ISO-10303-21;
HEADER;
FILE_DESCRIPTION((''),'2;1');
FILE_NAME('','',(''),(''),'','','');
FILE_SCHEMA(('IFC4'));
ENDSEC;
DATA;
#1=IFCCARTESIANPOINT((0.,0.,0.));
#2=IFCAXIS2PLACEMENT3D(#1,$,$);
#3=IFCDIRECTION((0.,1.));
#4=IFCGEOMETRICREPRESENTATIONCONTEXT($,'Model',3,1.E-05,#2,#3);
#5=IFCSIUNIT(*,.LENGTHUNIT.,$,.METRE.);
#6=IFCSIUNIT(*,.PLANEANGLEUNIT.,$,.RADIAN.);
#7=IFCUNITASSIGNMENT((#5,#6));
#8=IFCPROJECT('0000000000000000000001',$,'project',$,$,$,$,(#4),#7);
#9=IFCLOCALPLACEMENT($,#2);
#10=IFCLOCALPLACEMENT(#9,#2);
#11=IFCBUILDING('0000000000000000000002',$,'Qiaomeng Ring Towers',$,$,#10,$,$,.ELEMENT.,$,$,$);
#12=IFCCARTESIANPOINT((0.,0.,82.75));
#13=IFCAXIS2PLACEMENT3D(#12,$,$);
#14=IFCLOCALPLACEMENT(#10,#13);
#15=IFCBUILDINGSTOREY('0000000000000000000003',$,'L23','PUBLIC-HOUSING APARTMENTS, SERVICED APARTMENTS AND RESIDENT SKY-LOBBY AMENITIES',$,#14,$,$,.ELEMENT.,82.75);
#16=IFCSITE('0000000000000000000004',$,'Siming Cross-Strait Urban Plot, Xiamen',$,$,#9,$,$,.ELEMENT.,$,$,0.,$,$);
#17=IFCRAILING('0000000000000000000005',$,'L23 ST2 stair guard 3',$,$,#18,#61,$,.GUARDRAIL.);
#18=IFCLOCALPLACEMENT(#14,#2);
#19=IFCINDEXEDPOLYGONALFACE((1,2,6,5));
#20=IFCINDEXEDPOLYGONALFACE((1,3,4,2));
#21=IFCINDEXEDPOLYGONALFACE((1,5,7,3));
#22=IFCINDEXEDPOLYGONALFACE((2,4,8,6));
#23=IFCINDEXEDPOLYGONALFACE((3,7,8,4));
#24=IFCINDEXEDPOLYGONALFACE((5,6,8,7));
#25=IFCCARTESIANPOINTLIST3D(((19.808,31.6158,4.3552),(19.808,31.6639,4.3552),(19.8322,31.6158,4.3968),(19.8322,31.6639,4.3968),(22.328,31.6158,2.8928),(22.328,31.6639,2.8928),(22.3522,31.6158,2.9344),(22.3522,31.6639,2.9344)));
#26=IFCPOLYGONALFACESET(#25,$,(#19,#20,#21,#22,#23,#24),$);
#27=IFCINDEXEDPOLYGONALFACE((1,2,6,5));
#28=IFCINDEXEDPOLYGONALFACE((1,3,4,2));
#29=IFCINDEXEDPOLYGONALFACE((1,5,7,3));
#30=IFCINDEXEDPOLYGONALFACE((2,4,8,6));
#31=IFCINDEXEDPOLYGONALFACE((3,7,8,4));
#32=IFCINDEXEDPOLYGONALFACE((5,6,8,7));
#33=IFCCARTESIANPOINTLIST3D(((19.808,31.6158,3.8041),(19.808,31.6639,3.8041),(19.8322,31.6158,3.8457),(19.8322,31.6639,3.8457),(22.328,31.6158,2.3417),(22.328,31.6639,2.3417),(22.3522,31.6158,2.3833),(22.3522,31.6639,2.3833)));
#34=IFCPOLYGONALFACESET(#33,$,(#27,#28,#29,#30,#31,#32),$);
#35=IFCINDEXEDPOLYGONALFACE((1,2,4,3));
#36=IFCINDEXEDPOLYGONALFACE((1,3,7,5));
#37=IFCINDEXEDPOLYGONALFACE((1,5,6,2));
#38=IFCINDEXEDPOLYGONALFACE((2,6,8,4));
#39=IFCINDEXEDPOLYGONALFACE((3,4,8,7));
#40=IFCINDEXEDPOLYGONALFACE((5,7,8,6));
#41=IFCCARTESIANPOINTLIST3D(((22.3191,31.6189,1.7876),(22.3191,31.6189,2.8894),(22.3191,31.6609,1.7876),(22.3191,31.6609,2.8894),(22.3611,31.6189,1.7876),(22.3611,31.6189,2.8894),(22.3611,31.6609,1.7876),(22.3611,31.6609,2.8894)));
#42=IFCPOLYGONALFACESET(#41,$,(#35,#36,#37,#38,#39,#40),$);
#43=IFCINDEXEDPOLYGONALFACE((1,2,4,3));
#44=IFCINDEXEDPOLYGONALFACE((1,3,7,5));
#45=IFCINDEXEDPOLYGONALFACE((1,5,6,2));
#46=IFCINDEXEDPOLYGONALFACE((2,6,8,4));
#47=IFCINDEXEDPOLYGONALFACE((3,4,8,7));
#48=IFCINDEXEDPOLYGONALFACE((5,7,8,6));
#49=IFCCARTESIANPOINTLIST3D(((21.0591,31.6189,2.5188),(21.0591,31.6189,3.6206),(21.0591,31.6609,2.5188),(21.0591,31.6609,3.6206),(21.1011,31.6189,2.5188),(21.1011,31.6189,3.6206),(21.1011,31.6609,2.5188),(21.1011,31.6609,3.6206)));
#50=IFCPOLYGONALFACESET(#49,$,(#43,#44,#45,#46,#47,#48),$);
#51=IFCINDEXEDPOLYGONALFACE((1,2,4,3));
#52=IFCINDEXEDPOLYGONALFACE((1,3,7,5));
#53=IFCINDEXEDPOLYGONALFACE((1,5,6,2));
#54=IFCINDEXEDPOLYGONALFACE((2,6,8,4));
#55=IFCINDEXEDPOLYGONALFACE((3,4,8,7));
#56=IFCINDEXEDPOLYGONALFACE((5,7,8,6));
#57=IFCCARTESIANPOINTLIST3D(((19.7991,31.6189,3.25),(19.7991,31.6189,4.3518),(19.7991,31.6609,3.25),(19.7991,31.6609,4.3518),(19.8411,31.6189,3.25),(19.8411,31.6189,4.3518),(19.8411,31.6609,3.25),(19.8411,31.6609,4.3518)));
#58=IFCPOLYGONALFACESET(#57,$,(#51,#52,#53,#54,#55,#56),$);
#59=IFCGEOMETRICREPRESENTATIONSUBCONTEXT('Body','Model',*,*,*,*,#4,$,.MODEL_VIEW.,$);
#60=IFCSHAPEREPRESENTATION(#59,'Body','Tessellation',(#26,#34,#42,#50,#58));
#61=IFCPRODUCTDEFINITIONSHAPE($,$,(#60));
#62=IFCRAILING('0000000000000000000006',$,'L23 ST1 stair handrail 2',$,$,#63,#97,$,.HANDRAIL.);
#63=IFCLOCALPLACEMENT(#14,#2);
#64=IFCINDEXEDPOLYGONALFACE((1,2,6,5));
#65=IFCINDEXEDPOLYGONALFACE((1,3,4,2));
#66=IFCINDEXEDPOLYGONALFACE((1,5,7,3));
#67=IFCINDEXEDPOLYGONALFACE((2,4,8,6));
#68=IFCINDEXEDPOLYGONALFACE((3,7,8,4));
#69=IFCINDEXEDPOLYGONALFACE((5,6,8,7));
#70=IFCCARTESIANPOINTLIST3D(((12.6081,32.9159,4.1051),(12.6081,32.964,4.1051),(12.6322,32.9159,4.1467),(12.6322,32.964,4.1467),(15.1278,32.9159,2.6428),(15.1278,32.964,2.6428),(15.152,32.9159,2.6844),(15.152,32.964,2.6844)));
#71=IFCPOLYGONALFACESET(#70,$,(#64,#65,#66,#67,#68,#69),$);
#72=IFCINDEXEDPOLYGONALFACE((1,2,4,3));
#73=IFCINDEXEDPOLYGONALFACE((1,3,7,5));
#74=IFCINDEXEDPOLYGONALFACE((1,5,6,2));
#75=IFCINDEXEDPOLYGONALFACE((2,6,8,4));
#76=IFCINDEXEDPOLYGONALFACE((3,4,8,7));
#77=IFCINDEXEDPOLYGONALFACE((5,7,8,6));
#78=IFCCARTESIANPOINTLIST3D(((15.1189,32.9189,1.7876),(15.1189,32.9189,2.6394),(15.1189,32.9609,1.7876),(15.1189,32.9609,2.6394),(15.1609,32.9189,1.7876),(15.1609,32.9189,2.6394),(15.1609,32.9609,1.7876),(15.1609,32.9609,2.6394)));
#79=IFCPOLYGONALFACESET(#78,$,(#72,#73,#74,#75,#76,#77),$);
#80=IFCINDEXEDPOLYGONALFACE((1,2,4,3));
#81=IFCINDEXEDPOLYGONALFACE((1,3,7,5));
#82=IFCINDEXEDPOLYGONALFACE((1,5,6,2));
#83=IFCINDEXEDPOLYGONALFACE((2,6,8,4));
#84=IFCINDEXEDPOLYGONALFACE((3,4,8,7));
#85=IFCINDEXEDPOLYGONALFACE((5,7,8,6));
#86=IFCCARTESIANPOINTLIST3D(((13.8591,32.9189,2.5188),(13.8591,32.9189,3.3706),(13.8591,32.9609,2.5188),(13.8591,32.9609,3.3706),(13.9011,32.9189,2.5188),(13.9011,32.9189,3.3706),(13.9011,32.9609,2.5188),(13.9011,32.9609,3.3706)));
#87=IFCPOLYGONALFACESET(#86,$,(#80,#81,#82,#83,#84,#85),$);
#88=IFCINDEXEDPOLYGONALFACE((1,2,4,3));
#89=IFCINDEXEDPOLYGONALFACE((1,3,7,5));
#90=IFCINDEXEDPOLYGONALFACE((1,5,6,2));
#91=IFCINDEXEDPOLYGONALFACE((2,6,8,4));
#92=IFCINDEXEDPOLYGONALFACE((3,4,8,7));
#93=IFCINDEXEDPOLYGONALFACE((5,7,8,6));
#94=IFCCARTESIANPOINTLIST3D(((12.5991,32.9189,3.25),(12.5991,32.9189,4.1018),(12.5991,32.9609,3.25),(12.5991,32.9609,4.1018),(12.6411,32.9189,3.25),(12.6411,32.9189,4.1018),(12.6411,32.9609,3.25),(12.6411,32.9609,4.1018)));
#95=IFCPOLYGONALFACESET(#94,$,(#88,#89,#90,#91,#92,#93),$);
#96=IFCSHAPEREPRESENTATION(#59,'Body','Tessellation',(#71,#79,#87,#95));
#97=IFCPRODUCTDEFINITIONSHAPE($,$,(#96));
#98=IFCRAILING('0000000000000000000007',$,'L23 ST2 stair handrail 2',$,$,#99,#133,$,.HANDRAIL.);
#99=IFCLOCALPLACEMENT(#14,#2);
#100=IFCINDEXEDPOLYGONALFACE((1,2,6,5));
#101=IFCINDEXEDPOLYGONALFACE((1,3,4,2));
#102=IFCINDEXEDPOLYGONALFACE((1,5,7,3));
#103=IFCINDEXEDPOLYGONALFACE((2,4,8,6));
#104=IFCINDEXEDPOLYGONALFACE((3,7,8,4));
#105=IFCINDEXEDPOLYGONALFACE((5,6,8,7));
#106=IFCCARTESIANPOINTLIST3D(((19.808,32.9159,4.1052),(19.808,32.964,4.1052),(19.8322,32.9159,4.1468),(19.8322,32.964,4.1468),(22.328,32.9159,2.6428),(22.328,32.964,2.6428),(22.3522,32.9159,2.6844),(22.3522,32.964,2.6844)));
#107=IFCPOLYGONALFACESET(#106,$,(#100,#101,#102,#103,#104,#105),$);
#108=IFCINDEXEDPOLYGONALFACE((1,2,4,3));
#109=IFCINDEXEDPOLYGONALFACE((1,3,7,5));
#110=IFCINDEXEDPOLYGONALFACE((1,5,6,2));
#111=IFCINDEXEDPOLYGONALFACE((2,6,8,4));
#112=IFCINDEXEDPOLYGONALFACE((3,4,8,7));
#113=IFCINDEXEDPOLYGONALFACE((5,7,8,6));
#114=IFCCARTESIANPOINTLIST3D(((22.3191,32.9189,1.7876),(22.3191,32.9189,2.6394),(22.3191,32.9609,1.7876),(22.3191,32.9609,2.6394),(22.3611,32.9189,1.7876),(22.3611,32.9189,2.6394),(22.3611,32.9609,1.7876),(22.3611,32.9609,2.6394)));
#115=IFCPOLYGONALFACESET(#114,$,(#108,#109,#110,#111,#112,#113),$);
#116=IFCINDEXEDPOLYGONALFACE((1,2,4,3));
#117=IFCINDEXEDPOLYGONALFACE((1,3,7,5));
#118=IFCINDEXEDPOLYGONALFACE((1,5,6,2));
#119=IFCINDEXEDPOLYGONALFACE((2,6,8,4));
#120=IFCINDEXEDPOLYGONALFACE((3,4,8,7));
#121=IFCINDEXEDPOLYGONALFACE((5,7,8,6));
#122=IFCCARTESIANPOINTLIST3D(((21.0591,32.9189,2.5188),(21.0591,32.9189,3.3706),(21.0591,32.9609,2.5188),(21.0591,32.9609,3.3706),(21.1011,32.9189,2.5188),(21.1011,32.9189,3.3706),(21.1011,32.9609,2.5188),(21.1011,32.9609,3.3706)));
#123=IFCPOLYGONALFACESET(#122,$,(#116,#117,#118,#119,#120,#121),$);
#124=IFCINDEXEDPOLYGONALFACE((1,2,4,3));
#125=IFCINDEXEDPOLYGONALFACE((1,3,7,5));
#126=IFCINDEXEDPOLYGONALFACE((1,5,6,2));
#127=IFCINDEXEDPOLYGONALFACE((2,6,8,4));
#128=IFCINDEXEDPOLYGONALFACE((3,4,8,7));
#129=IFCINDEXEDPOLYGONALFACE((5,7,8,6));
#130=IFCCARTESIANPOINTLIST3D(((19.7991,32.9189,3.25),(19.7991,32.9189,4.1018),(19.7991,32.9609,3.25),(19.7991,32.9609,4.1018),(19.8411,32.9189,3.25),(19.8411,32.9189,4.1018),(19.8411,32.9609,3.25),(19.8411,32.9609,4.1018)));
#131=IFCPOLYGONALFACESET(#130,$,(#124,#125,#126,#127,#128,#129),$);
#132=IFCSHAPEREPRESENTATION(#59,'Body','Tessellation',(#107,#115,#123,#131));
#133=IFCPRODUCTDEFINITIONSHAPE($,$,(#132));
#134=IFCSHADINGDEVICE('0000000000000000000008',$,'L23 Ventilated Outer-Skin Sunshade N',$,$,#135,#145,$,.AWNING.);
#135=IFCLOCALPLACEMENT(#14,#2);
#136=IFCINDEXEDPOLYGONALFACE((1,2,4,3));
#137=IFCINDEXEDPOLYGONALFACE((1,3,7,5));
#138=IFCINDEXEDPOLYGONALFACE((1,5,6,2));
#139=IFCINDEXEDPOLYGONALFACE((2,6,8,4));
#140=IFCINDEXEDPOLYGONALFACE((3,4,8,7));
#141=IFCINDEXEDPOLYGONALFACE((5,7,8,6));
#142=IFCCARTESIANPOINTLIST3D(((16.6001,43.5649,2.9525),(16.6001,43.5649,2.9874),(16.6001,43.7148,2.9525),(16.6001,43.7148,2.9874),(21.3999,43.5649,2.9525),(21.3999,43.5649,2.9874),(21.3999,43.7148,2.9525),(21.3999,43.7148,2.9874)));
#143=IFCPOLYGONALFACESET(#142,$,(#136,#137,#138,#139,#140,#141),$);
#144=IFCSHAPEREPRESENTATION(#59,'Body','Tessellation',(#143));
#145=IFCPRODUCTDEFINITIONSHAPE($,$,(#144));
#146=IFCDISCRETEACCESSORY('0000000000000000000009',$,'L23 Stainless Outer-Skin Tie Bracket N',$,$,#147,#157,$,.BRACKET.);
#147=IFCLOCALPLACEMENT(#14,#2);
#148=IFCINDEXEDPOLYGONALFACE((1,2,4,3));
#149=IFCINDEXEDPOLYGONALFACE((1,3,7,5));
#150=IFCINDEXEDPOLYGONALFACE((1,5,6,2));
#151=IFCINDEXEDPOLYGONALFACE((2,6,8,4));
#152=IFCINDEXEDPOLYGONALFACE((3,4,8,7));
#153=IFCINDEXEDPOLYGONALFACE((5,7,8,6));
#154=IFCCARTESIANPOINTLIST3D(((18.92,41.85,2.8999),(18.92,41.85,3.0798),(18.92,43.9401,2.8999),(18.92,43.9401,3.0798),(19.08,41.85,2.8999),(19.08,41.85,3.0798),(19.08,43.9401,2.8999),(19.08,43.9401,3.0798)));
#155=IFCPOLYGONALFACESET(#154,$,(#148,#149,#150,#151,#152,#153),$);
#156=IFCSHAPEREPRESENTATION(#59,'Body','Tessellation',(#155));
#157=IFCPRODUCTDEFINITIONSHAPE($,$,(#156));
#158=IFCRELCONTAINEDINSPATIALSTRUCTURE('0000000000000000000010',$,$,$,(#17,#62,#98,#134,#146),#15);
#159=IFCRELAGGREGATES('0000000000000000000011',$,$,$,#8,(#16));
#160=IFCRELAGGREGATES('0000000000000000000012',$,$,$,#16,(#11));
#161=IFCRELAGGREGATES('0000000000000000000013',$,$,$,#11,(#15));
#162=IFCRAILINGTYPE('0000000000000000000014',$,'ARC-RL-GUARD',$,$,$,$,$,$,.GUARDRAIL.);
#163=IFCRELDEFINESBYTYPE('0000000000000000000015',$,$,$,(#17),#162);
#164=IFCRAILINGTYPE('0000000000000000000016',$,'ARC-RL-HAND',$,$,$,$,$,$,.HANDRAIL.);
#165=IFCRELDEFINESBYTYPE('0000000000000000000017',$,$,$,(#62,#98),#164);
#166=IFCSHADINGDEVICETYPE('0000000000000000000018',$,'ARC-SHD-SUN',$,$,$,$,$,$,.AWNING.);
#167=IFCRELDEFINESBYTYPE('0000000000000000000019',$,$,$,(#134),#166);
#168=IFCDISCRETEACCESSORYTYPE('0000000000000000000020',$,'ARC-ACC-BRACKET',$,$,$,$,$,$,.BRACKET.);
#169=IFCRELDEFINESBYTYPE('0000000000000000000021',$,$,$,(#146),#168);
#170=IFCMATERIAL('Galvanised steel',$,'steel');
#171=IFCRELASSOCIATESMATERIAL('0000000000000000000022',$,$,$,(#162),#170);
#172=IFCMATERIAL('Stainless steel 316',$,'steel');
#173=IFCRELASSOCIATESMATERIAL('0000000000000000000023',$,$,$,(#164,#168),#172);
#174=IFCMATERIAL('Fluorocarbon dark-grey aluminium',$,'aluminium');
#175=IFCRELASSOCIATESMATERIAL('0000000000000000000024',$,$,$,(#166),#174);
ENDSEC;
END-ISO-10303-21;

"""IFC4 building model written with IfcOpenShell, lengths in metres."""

from ifc_helpers import new_model, si_unit, direction, frame, origin, origin_2d, place, context, subcontext, project, spatial, rectangle, extrude, source, transform, mapped, material, material_profile, profile_set, type_object, element, save


model = new_model("IFC4")

# Units and contexts
model_context = context("Model", 3, precision=1e-05, world=origin(), true_north=direction((0.0, 1.0)))
body_context = subcontext(model_context, "Body", "Model", "MODEL_VIEW")
ifc_project = project(units=[si_unit("LENGTHUNIT", "METRE"), si_unit("PLANEANGLEUNIT", "RADIAN")], contexts=[model_context])

# Site, building, storey
site_placement = place(None, origin())
site = spatial("IfcSite", under=ifc_project, at=site_placement, Name="Siming Cross-Strait Urban Plot, Xiamen", CompositionType="ELEMENT", RefElevation=0.0)
building_placement = place(site_placement, origin())
building = spatial("IfcBuilding", under=site, at=building_placement, Name="Qiaomeng Ring Towers", CompositionType="ELEMENT")
storey_placement = place(building_placement, frame((0.0, 0.0, 82.75)))
storey = spatial("IfcBuildingStorey", under=building, at=storey_placement, Name="L23", Description="PUBLIC-HOUSING APARTMENTS, SERVICED APARTMENTS AND RESIDENT SKY-LOBBY AMENITIES", CompositionType="ELEMENT", Elevation=82.75)

# Shared definitions
ifc_material_1 = material(Name="Galvanised steel", Category="steel")

# Railings
railing_type_1 = type_object("IfcRailingType", Name="ARC-RL-GUARD", PredefinedType="GUARDRAIL", material=ifc_material_1)
railing_1_placement = place(storey_placement, frame((22.3401, 31.6399, 1.7876)))
element("IfcRailing", 1, at=railing_1_placement, inside=storey, type_object=railing_type_1, Name="L23 ST2 stair guard 3", PredefinedType="GUARDRAIL", context=body_context, shape_type="SweptSolid", body=[
    extrude(rectangle(XDim=0.0481, YDim=0.0481, at=origin_2d()), frame((0.0, 0.0, 1.126), z_axis=(-0.864913, 0.0, 0.501921), x_axis=(0.0, -1.0, 0.0)), (0.0, 0.0, 1.0), 2.9136),
    extrude(rectangle(XDim=0.0481, YDim=0.0481, at=origin_2d()), frame((0.0, 0.0, 0.575), z_axis=(-0.864913, 0.0, 0.501921), x_axis=(0.0, -1.0, 0.0)), (0.0, 0.0, 1.0), 2.9136),
    extrude(rectangle(XDim=0.042, YDim=0.042, at=origin_2d()), origin(), (0.0, 0.0, 1.0), 1.1018),
    extrude(rectangle(XDim=0.042, YDim=0.042, at=origin_2d()), frame((-1.26, 0.0, 0.7312)), (0.0, 0.0, 1.0), 1.1018),
    extrude(rectangle(XDim=0.042, YDim=0.042, at=origin_2d()), frame((-2.52, 0.0, 1.4624)), (0.0, 0.0, 1.0), 1.1018),
])
ifc_material_2 = material(Name="Stainless steel 316", Category="steel")
railing_type_2 = type_object("IfcRailingType", Name="ARC-RL-HAND", PredefinedType="HANDRAIL", material=ifc_material_2)
railing_2_placement = place(storey_placement, frame((15.1399, 32.9399, 1.7876)))
element("IfcRailing", 2, at=railing_2_placement, inside=storey, type_object=railing_type_2, Name="L23 ST1 stair handrail 2", PredefinedType="HANDRAIL", context=body_context, shape_type="SweptSolid", body=[
    extrude(rectangle(XDim=0.0481, YDim=0.0481, at=origin_2d()), frame((0.0, 0.0, 0.876), z_axis=(-0.864892, 0.0, 0.501958), x_axis=(0.0, -1.0, 0.0)), (0.0, 0.0, 1.0), 2.9133),
    extrude(rectangle(XDim=0.042, YDim=0.042, at=origin_2d()), origin(), (0.0, 0.0, 1.0), 0.8518),
    extrude(rectangle(XDim=0.042, YDim=0.042, at=origin_2d()), frame((-1.2598, 0.0, 0.7312)), (0.0, 0.0, 1.0), 0.8518),
    extrude(rectangle(XDim=0.042, YDim=0.042, at=origin_2d()), frame((-2.5198, 0.0, 1.4624)), (0.0, 0.0, 1.0), 0.8518),
])
railing_3_placement = place(storey_placement, frame((22.3401, 32.9399, 1.7876)))
element("IfcRailing", 3, at=railing_3_placement, inside=storey, type_object=railing_type_2, Name="L23 ST2 stair handrail 2", PredefinedType="HANDRAIL", context=body_context, shape_type="SweptSolid", body=[
    extrude(rectangle(XDim=0.0481, YDim=0.0481, at=origin_2d()), frame((0.0, 0.0, 0.876), z_axis=(-0.864913, 0.0, 0.501921), x_axis=(0.0, -1.0, 0.0)), (0.0, 0.0, 1.0), 2.9136),
    extrude(rectangle(XDim=0.042, YDim=0.042, at=origin_2d()), origin(), (0.0, 0.0, 1.0), 0.8518),
    extrude(rectangle(XDim=0.042, YDim=0.042, at=origin_2d()), frame((-1.26, 0.0, 0.7312)), (0.0, 0.0, 1.0), 0.8518),
    extrude(rectangle(XDim=0.042, YDim=0.042, at=origin_2d()), frame((-2.52, 0.0, 1.4624)), (0.0, 0.0, 1.0), 0.8518),
])

# Shading device
ifc_material_3 = material(Name="Fluorocarbon dark-grey aluminium", Category="aluminium")
ifc_material_profile_1 = material_profile(ifc_material_3, rectangle(XDim=0.1499, YDim=0.0349, at=origin_2d()), Name="LV BLADE 150x35")
ifc_profile_set_1 = profile_set([ifc_material_profile_1], Name="Fluorocarbon dark-grey aluminium")
shading_device_type = type_object("IfcShadingDeviceType", Name="ARC-SHD-SUN", PredefinedType="AWNING", material=ifc_profile_set_1)
shared_shape_1 = source(origin(), body_context, "Body", "SweptSolid", [
    extrude(rectangle(XDim=0.1499, YDim=0.0349, at=origin_2d()), origin(), (0.0, 0.0, 1.0), 4.7998),
])
shading_device_placement = place(storey_placement, frame((16.6001, 43.6399, 2.97), z_axis=(1.0, 0.0, 0.0), x_axis=(0.0, 1.0, 0.0)))
element("IfcShadingDevice", 4, at=shading_device_placement, inside=storey, type_object=shading_device_type, Name="L23 Ventilated Outer-Skin Sunshade N", PredefinedType="AWNING", context=body_context, shape_type="MappedRepresentation", body=[
    mapped(shared_shape_1, transform((0.0, 0.0, 0.0), x_axis=(1.0, 0.0, 0.0), y_axis=(0.0, 1.0, 0.0), z_axis=(0.0, 0.0, 1.0), scale=1.0)),
])

# Discrete accessory
discrete_accessory_type = type_object("IfcDiscreteAccessoryType", Name="ARC-ACC-BRACKET", PredefinedType="BRACKET", material=ifc_material_2)
shared_shape_2 = source(origin(), body_context, "Body", "SweptSolid", [
    extrude(rectangle(XDim=0.1599, YDim=2.0901, at=origin_2d()), origin(), (0.0, 0.0, 1.0), 0.1799),
])
discrete_accessory_placement = place(storey_placement, frame((19.0, 42.895, 2.8999), z_axis=(0.0, 0.0, 1.0), x_axis=(1.0, 0.0, 0.0)))
element("IfcDiscreteAccessory", 5, at=discrete_accessory_placement, inside=storey, type_object=discrete_accessory_type, Name="L23 Stainless Outer-Skin Tie Bracket N", PredefinedType="BRACKET", context=body_context, shape_type="MappedRepresentation", body=[
    mapped(shared_shape_2, transform((0.0, 0.0, 0.0), x_axis=(1.0, 0.0, 0.0), y_axis=(0.0, 1.0, 0.0), z_axis=(0.0, 0.0, 1.0), scale=1.0)),
])

save(model, "model.ifc")
